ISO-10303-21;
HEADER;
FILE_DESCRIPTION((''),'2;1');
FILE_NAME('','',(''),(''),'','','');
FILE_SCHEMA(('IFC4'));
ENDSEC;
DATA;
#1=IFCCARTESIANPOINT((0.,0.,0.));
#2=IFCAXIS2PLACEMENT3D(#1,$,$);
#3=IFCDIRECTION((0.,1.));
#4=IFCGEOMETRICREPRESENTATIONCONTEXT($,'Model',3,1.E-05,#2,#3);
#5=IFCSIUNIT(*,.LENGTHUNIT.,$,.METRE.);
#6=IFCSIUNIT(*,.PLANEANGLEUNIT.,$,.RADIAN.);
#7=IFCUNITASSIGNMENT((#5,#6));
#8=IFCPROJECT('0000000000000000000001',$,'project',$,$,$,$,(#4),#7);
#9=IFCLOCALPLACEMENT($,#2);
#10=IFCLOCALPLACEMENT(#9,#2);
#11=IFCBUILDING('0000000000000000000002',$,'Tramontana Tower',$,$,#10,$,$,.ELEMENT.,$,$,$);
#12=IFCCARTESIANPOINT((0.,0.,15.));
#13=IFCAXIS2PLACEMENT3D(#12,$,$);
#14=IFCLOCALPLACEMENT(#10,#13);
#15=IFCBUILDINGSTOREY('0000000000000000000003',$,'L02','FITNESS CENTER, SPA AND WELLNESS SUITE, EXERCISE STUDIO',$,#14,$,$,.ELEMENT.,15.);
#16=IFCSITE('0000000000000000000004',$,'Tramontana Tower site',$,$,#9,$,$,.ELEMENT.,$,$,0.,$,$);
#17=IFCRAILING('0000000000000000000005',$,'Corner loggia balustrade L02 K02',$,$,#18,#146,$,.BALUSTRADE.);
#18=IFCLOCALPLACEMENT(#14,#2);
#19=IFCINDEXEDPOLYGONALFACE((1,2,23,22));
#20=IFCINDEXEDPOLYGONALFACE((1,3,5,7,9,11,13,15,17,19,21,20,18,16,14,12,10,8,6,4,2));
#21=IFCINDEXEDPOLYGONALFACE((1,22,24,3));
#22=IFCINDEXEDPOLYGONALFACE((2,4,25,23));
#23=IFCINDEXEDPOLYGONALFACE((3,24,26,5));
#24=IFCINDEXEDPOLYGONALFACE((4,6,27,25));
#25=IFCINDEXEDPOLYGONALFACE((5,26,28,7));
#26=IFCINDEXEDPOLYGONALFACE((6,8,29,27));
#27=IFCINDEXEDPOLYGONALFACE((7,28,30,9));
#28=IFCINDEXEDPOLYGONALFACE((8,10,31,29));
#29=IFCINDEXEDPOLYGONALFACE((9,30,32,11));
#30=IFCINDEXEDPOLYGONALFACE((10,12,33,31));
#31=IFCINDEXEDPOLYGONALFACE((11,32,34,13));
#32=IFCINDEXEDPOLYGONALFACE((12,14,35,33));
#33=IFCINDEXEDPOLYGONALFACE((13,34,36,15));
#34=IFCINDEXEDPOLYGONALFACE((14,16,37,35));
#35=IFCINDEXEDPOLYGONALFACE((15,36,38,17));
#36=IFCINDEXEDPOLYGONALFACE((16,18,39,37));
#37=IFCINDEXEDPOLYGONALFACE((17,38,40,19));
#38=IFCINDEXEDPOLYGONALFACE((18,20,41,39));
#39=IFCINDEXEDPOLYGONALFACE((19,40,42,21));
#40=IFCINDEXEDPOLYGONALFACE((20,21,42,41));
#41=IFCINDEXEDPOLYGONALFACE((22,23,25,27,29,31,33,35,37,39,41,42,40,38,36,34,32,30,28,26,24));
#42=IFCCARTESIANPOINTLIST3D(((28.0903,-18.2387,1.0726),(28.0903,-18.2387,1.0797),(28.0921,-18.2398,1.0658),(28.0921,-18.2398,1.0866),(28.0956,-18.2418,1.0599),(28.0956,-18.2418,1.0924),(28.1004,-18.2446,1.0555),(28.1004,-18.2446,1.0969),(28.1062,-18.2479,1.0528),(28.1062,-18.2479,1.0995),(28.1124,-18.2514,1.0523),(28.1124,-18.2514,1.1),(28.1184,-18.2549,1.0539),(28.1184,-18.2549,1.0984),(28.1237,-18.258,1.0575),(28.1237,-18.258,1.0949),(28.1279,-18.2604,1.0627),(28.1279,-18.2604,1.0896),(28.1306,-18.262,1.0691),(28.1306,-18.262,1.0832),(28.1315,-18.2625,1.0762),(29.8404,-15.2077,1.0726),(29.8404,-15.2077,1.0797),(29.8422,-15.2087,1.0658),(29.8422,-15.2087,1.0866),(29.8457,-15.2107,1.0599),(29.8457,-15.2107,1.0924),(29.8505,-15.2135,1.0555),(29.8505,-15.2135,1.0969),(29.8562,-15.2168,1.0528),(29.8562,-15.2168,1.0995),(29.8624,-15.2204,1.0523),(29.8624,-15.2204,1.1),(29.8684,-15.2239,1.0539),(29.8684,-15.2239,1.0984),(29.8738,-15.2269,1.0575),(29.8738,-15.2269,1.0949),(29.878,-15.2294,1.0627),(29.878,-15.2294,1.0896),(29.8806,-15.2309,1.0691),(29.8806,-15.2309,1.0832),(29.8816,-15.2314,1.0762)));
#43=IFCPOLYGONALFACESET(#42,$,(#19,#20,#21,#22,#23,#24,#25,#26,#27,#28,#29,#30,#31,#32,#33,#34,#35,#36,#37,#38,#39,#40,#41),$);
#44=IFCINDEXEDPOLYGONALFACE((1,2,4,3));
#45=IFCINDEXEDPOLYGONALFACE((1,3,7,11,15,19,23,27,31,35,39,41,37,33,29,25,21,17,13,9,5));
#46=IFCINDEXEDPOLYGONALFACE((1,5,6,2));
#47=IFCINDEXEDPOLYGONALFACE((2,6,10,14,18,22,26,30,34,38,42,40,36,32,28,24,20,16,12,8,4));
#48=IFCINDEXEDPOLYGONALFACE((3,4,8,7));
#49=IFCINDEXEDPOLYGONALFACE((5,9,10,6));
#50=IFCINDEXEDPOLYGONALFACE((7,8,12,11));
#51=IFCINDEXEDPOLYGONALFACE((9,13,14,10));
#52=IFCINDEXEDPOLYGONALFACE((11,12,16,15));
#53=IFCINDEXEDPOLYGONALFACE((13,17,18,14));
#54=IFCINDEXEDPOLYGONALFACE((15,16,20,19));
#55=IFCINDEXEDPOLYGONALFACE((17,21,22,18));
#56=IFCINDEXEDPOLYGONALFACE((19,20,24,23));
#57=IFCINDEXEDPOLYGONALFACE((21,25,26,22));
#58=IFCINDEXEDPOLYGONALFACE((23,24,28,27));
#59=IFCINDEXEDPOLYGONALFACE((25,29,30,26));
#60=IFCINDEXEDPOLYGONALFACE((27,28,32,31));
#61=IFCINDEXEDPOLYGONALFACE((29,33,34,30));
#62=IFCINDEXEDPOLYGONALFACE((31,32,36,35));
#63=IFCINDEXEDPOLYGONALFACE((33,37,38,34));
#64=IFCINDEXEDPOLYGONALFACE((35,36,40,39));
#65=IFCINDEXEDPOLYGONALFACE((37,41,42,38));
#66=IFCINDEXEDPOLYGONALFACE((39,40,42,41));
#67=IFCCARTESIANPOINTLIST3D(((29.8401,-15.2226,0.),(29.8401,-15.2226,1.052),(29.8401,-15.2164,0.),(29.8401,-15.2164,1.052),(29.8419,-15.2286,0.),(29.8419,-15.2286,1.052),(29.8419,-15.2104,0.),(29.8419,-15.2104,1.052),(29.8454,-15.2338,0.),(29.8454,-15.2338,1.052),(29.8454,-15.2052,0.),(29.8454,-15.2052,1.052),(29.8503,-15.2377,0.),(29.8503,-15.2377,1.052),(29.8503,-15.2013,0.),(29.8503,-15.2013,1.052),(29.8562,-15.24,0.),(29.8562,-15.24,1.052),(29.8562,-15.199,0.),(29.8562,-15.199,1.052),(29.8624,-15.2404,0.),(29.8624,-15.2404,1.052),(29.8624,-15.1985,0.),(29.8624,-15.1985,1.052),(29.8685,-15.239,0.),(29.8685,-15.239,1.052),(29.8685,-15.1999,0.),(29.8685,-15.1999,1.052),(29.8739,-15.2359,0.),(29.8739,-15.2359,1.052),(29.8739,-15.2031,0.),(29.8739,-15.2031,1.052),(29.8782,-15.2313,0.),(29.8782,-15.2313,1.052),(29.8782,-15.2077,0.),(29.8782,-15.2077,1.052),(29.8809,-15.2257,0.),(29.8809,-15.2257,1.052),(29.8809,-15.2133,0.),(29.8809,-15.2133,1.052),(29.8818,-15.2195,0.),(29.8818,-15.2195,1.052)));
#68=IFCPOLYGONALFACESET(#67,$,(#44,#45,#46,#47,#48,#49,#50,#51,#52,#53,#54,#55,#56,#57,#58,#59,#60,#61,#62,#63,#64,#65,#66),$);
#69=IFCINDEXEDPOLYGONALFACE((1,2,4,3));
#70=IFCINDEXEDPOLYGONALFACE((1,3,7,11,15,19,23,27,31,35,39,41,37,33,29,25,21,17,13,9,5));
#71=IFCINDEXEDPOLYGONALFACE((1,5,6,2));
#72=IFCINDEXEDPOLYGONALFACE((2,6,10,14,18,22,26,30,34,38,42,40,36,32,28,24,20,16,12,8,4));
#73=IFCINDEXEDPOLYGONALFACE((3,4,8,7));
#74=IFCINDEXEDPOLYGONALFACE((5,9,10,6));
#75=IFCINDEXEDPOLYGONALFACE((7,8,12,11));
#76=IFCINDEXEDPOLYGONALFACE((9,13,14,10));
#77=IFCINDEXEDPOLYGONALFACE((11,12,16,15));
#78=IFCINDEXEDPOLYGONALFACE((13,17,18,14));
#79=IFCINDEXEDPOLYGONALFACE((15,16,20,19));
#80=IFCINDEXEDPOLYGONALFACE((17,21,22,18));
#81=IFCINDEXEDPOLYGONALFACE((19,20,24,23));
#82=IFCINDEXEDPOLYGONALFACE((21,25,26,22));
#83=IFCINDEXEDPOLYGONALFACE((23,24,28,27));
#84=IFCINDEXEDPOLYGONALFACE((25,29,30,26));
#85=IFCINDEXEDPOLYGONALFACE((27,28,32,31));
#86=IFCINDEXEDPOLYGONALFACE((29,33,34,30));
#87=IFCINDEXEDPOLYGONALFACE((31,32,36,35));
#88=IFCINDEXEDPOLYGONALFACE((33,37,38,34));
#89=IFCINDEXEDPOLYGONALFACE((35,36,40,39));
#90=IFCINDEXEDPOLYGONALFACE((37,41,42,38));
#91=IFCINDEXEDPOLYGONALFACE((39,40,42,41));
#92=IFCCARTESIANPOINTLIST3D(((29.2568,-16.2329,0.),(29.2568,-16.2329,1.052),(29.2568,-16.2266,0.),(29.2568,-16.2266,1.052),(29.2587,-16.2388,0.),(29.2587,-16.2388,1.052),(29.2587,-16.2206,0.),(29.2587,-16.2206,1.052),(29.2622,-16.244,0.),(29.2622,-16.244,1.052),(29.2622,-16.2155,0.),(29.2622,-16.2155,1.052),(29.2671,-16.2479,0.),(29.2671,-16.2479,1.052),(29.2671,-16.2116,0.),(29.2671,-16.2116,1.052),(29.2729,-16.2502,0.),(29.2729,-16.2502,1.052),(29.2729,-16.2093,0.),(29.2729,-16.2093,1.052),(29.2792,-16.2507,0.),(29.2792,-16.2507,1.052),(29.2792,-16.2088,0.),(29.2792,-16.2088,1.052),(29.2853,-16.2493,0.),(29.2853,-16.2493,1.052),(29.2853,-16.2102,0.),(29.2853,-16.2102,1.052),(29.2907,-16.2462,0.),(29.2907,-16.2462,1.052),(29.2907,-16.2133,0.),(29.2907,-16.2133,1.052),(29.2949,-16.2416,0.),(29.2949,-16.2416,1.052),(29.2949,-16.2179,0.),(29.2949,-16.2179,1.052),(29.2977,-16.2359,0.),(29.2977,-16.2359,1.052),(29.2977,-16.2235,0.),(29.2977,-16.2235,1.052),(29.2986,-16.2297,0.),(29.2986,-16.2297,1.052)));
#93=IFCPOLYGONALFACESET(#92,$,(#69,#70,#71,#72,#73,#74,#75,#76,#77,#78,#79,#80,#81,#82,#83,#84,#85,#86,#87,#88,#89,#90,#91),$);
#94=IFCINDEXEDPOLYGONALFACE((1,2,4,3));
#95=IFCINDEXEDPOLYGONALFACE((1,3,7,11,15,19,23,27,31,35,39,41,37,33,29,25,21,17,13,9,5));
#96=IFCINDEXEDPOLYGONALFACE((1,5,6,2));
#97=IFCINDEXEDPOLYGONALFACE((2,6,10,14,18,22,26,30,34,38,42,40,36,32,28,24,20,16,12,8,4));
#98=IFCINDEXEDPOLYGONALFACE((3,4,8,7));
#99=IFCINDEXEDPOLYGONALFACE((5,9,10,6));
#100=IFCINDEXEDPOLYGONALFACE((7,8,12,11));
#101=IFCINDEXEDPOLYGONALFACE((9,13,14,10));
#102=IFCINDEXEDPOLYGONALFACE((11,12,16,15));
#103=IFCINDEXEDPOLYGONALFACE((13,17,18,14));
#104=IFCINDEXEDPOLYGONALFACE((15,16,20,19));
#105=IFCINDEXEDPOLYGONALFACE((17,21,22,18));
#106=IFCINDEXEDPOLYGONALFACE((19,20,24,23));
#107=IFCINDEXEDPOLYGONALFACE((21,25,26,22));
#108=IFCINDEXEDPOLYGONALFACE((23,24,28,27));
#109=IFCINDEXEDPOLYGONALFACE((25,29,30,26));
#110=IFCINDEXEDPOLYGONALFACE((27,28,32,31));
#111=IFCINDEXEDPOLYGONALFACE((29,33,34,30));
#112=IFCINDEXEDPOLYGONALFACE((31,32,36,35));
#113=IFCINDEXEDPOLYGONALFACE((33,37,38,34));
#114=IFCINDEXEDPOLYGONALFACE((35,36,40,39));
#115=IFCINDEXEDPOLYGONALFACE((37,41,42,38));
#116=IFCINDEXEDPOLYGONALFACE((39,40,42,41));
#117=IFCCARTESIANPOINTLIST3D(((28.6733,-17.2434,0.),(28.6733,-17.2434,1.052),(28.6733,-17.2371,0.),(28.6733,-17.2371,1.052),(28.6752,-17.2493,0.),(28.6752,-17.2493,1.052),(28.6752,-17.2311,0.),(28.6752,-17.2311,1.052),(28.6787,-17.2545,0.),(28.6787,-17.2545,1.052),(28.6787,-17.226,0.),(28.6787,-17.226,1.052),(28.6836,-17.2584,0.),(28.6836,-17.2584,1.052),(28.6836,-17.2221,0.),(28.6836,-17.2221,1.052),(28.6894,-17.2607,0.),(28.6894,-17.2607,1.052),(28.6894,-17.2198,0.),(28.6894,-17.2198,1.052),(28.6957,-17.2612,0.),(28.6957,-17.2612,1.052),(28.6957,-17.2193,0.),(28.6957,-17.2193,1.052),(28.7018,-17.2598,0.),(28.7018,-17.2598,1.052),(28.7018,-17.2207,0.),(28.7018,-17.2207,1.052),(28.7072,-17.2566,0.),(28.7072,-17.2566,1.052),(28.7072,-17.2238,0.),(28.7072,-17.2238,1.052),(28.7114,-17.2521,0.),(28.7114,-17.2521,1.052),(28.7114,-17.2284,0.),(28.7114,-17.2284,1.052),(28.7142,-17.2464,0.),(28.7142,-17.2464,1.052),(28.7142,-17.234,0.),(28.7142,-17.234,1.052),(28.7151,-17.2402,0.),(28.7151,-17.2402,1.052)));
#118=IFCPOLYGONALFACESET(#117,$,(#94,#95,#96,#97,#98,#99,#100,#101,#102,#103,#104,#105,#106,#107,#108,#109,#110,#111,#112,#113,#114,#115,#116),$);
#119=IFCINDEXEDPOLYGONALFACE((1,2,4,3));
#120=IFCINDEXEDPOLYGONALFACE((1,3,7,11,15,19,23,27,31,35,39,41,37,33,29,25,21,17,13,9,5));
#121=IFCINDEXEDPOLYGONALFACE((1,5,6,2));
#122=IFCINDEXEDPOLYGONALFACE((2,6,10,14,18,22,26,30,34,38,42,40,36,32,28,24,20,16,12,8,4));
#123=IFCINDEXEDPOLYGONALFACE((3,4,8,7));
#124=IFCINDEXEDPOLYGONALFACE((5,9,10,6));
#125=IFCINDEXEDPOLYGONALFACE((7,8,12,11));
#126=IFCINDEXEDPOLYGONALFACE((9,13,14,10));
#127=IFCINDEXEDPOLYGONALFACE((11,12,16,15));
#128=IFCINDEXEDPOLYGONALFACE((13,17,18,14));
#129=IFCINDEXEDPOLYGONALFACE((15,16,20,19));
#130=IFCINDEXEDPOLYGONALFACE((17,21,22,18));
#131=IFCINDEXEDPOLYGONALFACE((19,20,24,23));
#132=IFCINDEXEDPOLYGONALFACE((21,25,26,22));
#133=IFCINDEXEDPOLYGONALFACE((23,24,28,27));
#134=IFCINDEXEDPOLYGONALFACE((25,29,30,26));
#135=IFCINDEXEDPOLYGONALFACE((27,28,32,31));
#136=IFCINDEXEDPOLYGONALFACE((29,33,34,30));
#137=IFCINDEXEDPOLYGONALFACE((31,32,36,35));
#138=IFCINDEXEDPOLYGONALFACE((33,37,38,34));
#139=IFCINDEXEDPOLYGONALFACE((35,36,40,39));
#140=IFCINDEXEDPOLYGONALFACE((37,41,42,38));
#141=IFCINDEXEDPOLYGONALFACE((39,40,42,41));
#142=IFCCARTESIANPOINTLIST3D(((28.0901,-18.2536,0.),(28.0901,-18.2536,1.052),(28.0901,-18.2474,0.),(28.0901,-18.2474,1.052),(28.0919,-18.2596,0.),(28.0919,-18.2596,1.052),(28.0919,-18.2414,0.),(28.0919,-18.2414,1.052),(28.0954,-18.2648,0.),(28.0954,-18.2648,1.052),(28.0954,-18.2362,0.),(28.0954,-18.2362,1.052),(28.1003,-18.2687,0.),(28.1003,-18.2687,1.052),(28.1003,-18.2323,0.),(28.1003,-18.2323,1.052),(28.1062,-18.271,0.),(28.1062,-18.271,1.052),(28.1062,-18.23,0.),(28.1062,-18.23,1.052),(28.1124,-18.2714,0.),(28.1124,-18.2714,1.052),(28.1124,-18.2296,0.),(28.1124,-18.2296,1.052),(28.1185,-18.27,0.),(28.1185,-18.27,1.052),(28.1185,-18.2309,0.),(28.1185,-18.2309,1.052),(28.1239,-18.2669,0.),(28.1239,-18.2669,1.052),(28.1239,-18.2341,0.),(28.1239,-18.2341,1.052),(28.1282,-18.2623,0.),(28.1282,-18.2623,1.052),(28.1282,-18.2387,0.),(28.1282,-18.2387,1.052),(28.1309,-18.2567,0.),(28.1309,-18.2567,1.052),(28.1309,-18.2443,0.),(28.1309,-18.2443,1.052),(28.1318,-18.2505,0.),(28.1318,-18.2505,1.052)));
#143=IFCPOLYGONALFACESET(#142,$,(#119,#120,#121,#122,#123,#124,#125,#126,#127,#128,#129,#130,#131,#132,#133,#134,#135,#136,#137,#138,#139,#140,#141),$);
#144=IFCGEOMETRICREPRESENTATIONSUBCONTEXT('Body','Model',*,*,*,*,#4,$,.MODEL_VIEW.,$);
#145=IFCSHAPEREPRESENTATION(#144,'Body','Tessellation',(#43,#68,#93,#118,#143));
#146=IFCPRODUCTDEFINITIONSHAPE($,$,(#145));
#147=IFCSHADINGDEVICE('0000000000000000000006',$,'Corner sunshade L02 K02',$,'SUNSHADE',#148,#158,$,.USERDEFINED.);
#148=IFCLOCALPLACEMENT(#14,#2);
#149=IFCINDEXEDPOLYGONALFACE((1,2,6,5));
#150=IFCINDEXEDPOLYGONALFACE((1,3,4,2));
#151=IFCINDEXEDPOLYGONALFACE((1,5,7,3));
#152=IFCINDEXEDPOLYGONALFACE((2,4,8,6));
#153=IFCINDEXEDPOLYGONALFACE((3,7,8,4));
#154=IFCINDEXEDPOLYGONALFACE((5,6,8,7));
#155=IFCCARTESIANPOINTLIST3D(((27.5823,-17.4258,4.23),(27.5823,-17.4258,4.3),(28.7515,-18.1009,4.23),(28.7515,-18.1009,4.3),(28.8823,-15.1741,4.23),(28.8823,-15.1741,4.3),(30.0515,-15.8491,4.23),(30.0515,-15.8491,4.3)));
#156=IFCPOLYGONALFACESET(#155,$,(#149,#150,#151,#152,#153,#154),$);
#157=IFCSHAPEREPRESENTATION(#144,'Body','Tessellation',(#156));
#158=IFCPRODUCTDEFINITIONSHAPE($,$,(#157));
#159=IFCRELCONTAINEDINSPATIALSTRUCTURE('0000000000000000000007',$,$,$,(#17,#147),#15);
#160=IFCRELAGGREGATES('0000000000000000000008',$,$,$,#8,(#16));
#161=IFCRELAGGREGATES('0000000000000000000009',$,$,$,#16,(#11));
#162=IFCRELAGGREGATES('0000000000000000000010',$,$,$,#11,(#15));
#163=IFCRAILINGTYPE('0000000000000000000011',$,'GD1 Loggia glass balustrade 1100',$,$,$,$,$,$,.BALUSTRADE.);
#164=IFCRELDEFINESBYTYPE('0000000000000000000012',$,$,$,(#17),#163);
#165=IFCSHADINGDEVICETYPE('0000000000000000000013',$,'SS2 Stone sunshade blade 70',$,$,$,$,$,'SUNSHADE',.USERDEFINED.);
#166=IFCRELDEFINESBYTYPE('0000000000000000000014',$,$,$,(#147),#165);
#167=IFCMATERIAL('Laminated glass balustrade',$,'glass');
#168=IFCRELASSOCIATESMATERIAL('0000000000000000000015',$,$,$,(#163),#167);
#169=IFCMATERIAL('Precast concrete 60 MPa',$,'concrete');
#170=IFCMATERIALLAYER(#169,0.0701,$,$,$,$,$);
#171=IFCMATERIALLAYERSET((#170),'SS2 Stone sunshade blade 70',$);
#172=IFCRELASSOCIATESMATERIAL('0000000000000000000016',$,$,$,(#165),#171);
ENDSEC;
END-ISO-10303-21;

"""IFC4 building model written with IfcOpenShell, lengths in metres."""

from ifc_helpers import new_model, si_unit, direction, frame, origin, origin_2d, place, context, subcontext, project, spatial, rectangle, circle, extrude, material, layer, layer_set, type_object, element, save


model = new_model("IFC4")

# Units and contexts
model_context = context("Model", 3, precision=1e-05, world=origin(), true_north=direction((0.0, 1.0)))
body_context = subcontext(model_context, "Body", "Model", "MODEL_VIEW")
ifc_project = project(units=[si_unit("LENGTHUNIT", "METRE"), si_unit("PLANEANGLEUNIT", "RADIAN")], contexts=[model_context])

# Site, building, storey
site_placement = place(None, origin())
site = spatial("IfcSite", under=ifc_project, at=site_placement, Name="Tramontana Tower site", CompositionType="ELEMENT", RefElevation=0.0)
building_placement = place(site_placement, origin())
building = spatial("IfcBuilding", under=site, at=building_placement, Name="Tramontana Tower", CompositionType="ELEMENT")
storey_placement = place(building_placement, frame((0.0, 0.0, 15.0)))
storey = spatial("IfcBuildingStorey", under=building, at=storey_placement, Name="L02", Description="FITNESS CENTER, SPA AND WELLNESS SUITE, EXERCISE STUDIO", CompositionType="ELEMENT", Elevation=15.0)

# Railing
ifc_material_1 = material(Name="Laminated glass balustrade", Category="glass")
railing_type = type_object("IfcRailingType", Name="GD1 Loggia glass balustrade 1100", PredefinedType="BALUSTRADE", material=ifc_material_1)
railing_placement = place(storey_placement, frame((29.8608, -15.2195, 0.0)))
element("IfcRailing", 1, at=railing_placement, inside=storey, type_object=railing_type, Name="Corner loggia balustrade L02 K02", PredefinedType="BALUSTRADE", context=body_context, shape_type="SweptSolid", body=[
    extrude(circle(Radius=0.0239, at=origin_2d()), frame((0.0, 0.0, 1.0762), z_axis=(-0.50001, -0.866019, 0.0), x_axis=(0.866019, -0.50001, 0.0)), (0.0, 0.0, 1.0), 3.5),
    extrude(circle(Radius=0.021, at=origin_2d()), origin(), (0.0, 0.0, 1.0), 1.052),
    extrude(circle(Radius=0.021, at=origin_2d()), frame((-0.5833, -1.0103, 0.0)), (0.0, 0.0, 1.0), 1.052),
    extrude(circle(Radius=0.021, at=origin_2d()), frame((-1.1667, -2.0208, 0.0)), (0.0, 0.0, 1.0), 1.052),
    extrude(circle(Radius=0.021, at=origin_2d()), frame((-1.75, -3.031, 0.0)), (0.0, 0.0, 1.0), 1.052),
])

# Shading device
ifc_material_2 = material(Name="Precast concrete 60 MPa", Category="concrete")
ifc_layer_1 = layer(ifc_material_2, 0.0701)
ifc_layer_set_1 = layer_set([ifc_layer_1], Name="SS2 Stone sunshade blade 70")
shading_device_type = type_object("IfcShadingDeviceType", Name="SS2 Stone sunshade blade 70", ElementType="SUNSHADE", PredefinedType="USERDEFINED", material=ifc_layer_set_1)
shading_device_placement = place(storey_placement, frame((28.8169, -16.6375, 4.23), z_axis=(0.0, 0.0, 1.0), x_axis=(-0.5, -0.866025, 0.0)))
element("IfcShadingDevice", 2, at=shading_device_placement, inside=storey, type_object=shading_device_type, Name="Corner sunshade L02 K02", ObjectType="SUNSHADE", PredefinedType="USERDEFINED", context=body_context, shape_type="SweptSolid", body=[
    extrude(rectangle(XDim=2.6001, YDim=1.3501, at=origin_2d()), origin(), (0.0, 0.0, 1.0), 0.0701),
])

save(model, "model.ifc")
